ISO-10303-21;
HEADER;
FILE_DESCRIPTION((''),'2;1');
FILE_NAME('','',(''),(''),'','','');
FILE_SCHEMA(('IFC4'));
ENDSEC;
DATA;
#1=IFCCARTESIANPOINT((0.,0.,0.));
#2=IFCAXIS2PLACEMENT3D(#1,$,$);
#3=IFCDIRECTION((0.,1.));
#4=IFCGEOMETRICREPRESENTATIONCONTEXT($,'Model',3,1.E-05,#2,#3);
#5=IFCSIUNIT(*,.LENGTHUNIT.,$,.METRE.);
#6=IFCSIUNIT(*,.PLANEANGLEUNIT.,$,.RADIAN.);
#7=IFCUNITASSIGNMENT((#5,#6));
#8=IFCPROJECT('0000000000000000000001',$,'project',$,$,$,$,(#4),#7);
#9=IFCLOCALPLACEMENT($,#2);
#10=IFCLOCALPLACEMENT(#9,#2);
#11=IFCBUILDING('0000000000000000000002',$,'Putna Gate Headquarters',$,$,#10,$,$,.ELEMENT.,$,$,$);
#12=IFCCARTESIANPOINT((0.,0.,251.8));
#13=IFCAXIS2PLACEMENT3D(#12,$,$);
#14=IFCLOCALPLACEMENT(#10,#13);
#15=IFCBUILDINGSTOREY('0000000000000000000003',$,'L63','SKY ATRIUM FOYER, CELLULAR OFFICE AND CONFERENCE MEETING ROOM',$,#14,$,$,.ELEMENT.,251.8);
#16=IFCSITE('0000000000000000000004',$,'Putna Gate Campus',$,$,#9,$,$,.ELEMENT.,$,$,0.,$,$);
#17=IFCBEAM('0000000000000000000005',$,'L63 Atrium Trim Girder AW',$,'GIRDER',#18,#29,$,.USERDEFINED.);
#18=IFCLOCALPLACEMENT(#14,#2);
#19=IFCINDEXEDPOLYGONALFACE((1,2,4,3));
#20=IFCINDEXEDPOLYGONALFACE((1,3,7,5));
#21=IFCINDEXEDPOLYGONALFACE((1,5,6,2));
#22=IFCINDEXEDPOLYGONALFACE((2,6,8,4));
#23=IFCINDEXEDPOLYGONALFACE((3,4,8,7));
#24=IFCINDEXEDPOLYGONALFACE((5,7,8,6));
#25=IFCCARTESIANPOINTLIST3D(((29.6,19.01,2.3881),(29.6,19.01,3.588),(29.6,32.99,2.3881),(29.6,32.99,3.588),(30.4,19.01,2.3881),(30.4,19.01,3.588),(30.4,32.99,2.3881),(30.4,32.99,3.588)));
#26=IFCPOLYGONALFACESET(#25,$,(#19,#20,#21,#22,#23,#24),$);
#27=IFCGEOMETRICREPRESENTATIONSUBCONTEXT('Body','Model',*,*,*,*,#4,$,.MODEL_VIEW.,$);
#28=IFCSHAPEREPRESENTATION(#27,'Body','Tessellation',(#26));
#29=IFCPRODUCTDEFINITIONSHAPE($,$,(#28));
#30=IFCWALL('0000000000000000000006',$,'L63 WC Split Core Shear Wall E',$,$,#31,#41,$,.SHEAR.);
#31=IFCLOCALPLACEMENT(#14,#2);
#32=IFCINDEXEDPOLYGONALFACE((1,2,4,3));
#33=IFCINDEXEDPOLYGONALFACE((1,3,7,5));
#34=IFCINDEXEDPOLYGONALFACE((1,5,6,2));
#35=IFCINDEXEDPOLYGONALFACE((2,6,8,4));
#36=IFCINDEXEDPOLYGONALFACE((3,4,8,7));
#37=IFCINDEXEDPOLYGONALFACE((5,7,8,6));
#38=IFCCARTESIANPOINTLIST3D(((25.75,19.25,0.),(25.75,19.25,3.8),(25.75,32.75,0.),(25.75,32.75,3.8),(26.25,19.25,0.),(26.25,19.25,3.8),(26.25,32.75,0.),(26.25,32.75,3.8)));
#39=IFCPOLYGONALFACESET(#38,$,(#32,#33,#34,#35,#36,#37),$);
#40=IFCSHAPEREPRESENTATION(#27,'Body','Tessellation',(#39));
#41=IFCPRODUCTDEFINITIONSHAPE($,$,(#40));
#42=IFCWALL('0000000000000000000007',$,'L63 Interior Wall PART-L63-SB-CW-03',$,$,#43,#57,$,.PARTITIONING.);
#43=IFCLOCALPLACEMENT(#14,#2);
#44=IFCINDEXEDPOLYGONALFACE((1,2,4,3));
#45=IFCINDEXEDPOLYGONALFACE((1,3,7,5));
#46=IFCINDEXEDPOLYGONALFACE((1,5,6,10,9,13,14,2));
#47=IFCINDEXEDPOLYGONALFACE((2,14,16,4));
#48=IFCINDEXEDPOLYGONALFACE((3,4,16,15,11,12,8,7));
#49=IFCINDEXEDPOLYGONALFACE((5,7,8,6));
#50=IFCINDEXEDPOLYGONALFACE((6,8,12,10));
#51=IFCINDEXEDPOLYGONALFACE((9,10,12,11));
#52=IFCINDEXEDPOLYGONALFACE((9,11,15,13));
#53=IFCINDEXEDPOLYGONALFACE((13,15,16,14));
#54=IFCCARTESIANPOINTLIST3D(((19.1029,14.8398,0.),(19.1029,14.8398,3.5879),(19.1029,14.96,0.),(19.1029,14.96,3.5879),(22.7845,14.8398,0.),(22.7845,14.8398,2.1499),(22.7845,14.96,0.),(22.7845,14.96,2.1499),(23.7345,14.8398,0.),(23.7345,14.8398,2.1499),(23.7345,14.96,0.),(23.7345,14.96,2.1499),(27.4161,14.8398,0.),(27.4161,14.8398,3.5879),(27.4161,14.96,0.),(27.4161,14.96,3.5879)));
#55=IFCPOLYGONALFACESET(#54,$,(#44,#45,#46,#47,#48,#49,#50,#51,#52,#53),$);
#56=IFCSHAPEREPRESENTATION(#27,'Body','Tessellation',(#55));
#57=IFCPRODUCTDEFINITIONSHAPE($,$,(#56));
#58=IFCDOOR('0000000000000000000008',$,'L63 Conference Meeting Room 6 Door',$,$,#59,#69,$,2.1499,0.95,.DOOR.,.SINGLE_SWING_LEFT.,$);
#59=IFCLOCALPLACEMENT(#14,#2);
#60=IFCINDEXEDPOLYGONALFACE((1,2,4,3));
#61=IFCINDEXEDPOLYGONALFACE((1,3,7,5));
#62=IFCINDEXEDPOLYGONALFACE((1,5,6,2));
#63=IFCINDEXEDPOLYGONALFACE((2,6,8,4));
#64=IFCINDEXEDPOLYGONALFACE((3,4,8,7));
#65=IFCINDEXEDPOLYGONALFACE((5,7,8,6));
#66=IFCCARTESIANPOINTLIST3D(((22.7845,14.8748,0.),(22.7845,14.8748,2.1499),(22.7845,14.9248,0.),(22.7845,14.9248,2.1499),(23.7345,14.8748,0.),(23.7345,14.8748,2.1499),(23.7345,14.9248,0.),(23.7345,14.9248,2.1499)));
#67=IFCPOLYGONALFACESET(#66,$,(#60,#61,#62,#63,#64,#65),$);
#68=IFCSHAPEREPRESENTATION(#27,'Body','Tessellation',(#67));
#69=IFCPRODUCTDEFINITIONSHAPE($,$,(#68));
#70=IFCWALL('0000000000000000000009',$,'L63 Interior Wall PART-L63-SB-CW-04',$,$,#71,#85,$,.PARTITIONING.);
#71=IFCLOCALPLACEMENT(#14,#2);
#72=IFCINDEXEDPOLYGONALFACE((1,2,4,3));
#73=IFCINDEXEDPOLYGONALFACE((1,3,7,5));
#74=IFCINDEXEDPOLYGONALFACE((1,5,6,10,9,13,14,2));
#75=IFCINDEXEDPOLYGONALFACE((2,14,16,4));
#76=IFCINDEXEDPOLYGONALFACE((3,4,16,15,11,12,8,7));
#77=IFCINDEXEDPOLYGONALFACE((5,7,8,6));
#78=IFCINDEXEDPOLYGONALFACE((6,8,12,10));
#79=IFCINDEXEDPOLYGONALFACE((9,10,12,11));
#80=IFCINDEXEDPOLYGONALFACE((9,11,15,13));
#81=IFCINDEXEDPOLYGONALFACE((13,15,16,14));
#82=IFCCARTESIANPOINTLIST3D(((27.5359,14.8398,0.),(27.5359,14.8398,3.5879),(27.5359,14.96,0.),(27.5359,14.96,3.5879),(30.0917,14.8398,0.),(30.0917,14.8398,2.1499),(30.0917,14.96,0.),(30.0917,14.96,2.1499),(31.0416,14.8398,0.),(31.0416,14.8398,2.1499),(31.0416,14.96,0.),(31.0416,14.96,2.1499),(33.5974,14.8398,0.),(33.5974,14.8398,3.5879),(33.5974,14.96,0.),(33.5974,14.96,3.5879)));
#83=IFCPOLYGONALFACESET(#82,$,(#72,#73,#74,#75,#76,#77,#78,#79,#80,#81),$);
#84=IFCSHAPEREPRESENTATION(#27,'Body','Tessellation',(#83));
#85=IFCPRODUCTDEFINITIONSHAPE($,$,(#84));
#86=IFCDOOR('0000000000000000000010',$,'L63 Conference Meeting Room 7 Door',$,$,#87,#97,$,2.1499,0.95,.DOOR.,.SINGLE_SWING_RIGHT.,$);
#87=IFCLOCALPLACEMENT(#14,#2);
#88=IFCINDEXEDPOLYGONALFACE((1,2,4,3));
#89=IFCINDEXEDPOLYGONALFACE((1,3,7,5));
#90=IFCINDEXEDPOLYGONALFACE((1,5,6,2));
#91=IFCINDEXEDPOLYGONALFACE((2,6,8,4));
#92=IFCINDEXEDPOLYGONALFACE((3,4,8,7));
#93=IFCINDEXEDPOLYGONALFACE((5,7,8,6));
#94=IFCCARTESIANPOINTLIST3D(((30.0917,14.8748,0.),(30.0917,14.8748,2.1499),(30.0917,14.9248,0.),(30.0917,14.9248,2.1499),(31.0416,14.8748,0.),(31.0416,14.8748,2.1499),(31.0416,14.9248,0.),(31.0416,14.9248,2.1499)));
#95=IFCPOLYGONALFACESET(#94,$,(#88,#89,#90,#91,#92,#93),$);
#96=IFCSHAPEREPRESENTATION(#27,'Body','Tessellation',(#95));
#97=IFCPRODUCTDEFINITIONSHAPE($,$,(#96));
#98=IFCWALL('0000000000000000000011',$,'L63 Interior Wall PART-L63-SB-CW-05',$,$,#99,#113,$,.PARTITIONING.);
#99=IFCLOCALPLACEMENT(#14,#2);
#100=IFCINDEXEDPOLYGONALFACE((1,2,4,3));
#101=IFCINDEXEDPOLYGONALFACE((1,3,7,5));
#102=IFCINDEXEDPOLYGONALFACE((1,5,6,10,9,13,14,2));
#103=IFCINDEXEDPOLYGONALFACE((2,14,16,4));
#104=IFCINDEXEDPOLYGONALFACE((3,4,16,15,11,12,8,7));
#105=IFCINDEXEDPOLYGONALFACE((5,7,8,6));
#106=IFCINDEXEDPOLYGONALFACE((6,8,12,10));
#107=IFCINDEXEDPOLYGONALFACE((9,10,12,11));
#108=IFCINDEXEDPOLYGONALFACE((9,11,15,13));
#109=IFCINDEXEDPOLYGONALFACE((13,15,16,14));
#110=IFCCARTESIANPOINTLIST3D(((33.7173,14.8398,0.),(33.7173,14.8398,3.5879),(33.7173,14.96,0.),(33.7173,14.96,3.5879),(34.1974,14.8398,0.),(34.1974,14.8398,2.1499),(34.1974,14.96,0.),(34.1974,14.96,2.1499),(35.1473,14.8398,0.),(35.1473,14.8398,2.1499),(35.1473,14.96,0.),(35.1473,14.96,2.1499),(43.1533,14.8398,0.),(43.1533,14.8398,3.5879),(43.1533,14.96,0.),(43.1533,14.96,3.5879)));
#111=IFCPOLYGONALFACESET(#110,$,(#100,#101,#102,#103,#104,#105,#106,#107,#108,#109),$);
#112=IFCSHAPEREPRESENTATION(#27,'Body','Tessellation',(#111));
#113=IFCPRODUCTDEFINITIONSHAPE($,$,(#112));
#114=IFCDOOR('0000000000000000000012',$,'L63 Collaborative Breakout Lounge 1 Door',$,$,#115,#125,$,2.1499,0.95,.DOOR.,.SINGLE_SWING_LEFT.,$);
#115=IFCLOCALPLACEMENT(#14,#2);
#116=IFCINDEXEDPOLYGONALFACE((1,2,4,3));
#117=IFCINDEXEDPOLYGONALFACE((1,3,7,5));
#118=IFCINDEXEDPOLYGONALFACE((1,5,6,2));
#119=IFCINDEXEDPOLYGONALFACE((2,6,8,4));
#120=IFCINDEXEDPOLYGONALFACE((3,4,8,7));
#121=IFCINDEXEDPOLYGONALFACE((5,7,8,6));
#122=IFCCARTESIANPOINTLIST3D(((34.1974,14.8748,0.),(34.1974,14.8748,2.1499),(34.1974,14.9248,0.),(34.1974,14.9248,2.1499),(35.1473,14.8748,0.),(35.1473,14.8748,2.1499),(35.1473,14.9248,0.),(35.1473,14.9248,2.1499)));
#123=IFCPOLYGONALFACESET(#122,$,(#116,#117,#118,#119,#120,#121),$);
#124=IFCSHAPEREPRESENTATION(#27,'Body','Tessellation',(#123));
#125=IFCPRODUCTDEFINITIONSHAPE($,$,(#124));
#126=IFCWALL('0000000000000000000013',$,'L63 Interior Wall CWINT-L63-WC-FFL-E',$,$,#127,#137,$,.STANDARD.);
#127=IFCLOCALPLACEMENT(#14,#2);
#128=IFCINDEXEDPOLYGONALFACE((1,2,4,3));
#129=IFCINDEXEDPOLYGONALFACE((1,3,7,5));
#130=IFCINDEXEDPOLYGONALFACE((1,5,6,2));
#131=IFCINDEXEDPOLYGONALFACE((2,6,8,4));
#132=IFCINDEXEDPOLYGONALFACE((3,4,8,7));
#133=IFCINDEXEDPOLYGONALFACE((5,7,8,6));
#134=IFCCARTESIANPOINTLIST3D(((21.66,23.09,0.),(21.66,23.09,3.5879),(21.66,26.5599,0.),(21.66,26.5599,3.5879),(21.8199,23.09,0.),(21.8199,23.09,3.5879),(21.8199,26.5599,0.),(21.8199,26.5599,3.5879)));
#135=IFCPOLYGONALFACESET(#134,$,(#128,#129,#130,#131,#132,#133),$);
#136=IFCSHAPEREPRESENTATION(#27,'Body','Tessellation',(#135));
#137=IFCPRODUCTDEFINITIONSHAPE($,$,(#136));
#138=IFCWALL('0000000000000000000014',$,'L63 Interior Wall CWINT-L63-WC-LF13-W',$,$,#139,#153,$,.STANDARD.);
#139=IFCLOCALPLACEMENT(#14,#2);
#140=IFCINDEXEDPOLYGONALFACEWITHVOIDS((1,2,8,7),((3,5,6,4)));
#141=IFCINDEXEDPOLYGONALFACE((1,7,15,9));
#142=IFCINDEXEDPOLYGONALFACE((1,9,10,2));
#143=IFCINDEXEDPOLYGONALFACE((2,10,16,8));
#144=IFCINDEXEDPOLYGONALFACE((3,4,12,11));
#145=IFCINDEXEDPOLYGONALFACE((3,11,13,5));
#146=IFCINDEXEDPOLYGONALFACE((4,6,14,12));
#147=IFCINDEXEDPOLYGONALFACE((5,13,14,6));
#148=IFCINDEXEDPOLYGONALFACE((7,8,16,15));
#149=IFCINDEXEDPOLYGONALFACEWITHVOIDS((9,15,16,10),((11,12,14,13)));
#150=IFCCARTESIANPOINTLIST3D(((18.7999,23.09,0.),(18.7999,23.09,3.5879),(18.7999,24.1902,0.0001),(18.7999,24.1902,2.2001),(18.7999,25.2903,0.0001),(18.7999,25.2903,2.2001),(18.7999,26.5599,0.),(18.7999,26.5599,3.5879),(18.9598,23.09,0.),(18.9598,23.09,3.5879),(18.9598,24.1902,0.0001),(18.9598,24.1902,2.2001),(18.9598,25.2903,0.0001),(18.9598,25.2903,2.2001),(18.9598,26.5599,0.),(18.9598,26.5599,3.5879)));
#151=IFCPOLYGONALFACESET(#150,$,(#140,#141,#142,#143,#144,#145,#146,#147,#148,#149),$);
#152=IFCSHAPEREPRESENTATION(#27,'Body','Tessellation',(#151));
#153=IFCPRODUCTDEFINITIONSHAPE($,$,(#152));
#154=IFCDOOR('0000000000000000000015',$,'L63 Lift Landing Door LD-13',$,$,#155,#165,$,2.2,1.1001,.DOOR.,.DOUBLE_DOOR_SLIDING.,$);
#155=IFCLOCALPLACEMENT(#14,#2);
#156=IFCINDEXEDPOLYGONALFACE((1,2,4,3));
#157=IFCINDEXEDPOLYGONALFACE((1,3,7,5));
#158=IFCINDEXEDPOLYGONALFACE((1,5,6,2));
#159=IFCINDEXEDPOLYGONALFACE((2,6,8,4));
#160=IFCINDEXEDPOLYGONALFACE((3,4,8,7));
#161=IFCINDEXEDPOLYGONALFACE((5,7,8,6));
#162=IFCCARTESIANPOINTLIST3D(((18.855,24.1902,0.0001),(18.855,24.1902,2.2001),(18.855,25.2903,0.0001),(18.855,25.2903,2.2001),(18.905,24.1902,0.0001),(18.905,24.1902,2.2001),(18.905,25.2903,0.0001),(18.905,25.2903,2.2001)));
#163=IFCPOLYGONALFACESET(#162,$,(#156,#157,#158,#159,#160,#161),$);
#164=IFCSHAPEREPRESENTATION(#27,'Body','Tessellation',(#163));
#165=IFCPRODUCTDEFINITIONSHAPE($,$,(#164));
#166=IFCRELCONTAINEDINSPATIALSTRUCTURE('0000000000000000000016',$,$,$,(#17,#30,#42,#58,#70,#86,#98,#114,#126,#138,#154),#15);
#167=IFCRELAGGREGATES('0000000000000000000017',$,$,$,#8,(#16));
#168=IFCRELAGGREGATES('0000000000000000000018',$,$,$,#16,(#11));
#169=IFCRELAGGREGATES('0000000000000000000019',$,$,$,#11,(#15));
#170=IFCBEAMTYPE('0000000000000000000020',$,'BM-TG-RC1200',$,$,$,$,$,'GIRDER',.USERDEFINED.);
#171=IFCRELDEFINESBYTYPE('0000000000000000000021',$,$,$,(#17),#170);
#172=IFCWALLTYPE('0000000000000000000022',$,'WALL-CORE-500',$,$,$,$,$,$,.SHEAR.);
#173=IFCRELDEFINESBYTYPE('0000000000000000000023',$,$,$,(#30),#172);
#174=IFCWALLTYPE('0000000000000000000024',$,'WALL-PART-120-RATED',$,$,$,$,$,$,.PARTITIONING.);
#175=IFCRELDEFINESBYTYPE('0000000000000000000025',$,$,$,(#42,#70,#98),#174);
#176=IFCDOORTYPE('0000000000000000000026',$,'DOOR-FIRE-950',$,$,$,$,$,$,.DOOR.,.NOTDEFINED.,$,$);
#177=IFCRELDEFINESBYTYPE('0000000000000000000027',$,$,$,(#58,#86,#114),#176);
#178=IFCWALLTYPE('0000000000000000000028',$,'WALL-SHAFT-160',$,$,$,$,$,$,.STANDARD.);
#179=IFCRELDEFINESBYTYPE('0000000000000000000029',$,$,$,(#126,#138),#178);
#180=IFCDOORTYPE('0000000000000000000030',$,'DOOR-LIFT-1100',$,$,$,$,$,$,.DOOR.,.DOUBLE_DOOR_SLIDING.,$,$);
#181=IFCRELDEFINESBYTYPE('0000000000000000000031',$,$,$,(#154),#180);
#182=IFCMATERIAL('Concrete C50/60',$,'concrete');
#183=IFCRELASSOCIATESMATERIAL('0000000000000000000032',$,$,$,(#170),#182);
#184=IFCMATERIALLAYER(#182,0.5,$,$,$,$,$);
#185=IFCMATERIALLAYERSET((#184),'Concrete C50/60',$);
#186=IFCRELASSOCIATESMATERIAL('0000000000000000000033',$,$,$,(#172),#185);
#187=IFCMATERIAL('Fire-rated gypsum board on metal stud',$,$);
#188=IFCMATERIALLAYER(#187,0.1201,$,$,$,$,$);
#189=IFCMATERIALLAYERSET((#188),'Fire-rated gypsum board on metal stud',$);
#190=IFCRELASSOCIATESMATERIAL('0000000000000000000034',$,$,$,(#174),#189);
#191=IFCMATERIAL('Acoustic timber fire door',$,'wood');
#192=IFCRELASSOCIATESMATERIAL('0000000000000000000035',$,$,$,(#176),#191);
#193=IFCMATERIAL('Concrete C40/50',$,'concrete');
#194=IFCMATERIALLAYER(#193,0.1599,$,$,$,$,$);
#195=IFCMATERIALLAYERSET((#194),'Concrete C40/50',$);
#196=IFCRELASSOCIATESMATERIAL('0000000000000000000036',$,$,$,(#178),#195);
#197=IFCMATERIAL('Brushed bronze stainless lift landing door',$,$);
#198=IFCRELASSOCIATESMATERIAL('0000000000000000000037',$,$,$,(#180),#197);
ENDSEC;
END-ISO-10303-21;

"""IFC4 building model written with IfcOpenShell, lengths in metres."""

from ifc_helpers import new_model, si_unit, direction, frame, frame_2d, origin, origin_2d, place, context, subcontext, project, spatial, rectangle, extrude, material, layer, layer_set, material_profile, profile_set, type_object, element, fill, save


model = new_model("IFC4")

# Units and contexts
model_context = context("Model", 3, precision=1e-05, world=origin(), true_north=direction((0.0, 1.0)))
body_context = subcontext(model_context, "Body", "Model", "MODEL_VIEW")
ifc_project = project(units=[si_unit("LENGTHUNIT", "METRE"), si_unit("PLANEANGLEUNIT", "RADIAN")], contexts=[model_context])

# Site, building, storey
site_placement = place(None, origin())
site = spatial("IfcSite", under=ifc_project, at=site_placement, Name="Putna Gate Campus", CompositionType="ELEMENT", RefElevation=0.0)
building_placement = place(site_placement, origin())
building = spatial("IfcBuilding", under=site, at=building_placement, Name="Putna Gate Headquarters", CompositionType="ELEMENT")
storey_placement = place(building_placement, frame((0.0, 0.0, 251.8)))
storey = spatial("IfcBuildingStorey", under=building, at=storey_placement, Name="L63", Description="SKY ATRIUM FOYER, CELLULAR OFFICE AND CONFERENCE MEETING ROOM", CompositionType="ELEMENT", Elevation=251.8)

# Beam
ifc_material_1 = material(Name="Concrete C50/60", Category="concrete")
ifc_material_profile_1 = material_profile(ifc_material_1, rectangle(XDim=0.8, YDim=1.2, at=origin_2d()), Name="Concrete C50/60")
ifc_profile_set_1 = profile_set([ifc_material_profile_1], Name="Concrete C50/60")
beam_type_1 = type_object("IfcBeamType", Name="BM-TG-RC1200", ElementType="GIRDER", PredefinedType="USERDEFINED", material=ifc_profile_set_1)
beam_1_placement = place(storey_placement, frame((30.0, 19.01, 2.988), z_axis=(0.0, 1.0, 0.0), x_axis=(-1.0, 0.0, 0.0)))
element("IfcBeam", 1, at=beam_1_placement, inside=storey, type_object=beam_type_1, Name="L63 Atrium Trim Girder AW", ObjectType="GIRDER", PredefinedType="USERDEFINED", context=body_context, shape_type="SweptSolid", body=[
    extrude(rectangle(XDim=0.8, YDim=1.2, at=origin_2d()), origin(), (0.0, 0.0, 1.0), 13.98),
])

# Wall
ifc_layer_1 = layer(ifc_material_1, 0.5)
ifc_layer_set_1 = layer_set([ifc_layer_1], Name="Concrete C50/60")
wall_type_1 = type_object("IfcWallType", Name="WALL-CORE-500", PredefinedType="SHEAR", material=ifc_layer_set_1)
wall_1_placement = place(storey_placement, frame((26.0, 19.25, 0.0), z_axis=(0.0, 0.0, 1.0), x_axis=(0.0, 1.0, 0.0)))
element("IfcWall", 2, at=wall_1_placement, inside=storey, type_object=wall_type_1, Name="L63 WC Split Core Shear Wall E", PredefinedType="SHEAR", context=body_context, shape_type="SweptSolid", body=[
    extrude(rectangle(XDim=13.5, YDim=0.5, at=frame_2d((6.75, 0.0))), origin(), (0.0, 0.0, 1.0), 3.8),
])

# Walls, openings, doors
ifc_material_2 = material(Name="Fire-rated gypsum board on metal stud")
ifc_layer_2 = layer(ifc_material_2, 0.1201)
ifc_layer_set_2 = layer_set([ifc_layer_2], Name="Fire-rated gypsum board on metal stud")
wall_type_2 = type_object("IfcWallType", Name="WALL-PART-120-RATED", PredefinedType="PARTITIONING", material=ifc_layer_set_2)
wall_2_placement = place(storey_placement, frame((19.1028, 14.8999, 0.0), z_axis=(0.0, 0.0, 1.0), x_axis=(1.0, 0.0, 0.0)))
wall_2 = element("IfcWall", 3, at=wall_2_placement, inside=storey, type_object=wall_type_2, Name="L63 Interior Wall PART-L63-SB-CW-03", PredefinedType="PARTITIONING", context=body_context, shape_type="SweptSolid", body=[
    extrude(rectangle(XDim=8.3132, YDim=0.1201, at=frame_2d((4.1567, 0.0))), origin(), (0.0, 0.0, 1.0), 3.5879),
])
opening_1_placement = place(wall_2_placement, frame((3.6816, 0.0, 0.0)))
opening_1 = element("IfcOpeningElement", 4, at=opening_1_placement, cuts=wall_2, PredefinedType="OPENING", context=body_context, shape_type="SweptSolid", body=[
    extrude(rectangle(XDim=0.95, YDim=2.1499, at=frame_2d((0.4751, 1.075))), frame((0.0, 0.0701, 0.0), z_axis=(0.0, -1.0, 0.0), x_axis=(1.0, 0.0, 0.0)), (0.0, 0.0, 1.0), 0.1401),
])
ifc_material_3 = material(Name="Acoustic timber fire door", Category="wood")
door_type_1 = type_object("IfcDoorType", Name="DOOR-FIRE-950", OperationType="NOTDEFINED", PredefinedType="DOOR", material=ifc_material_3)
door_1_placement = place(opening_1_placement, origin())
door_1 = element("IfcDoor", 5, at=door_1_placement, inside=storey, type_object=door_type_1, Name="L63 Conference Meeting Room 6 Door", OperationType="SINGLE_SWING_LEFT", OverallHeight=2.1499, OverallWidth=0.95, PredefinedType="DOOR", context=body_context, shape_type="SweptSolid", body=[
    extrude(rectangle(XDim=0.95, YDim=2.1499, at=frame_2d((0.4751, 1.075))), frame((0.0, 0.0249, 0.0), z_axis=(0.0, -1.0, 0.0), x_axis=(1.0, 0.0, 0.0)), (0.0, 0.0, 1.0), 0.05),
])
fill(opening_1, door_1)
wall_3_placement = place(storey_placement, frame((27.5359, 14.8999, 0.0), z_axis=(0.0, 0.0, 1.0), x_axis=(1.0, 0.0, 0.0)))
wall_3 = element("IfcWall", 6, at=wall_3_placement, inside=storey, type_object=wall_type_2, Name="L63 Interior Wall PART-L63-SB-CW-04", PredefinedType="PARTITIONING", context=body_context, shape_type="SweptSolid", body=[
    extrude(rectangle(XDim=6.0615, YDim=0.1201, at=frame_2d((3.0308, 0.0))), origin(), (0.0, 0.0, 1.0), 3.5879),
])
opening_2_placement = place(wall_3_placement, frame((2.5557, 0.0, 0.0)))
opening_2 = element("IfcOpeningElement", 7, at=opening_2_placement, cuts=wall_3, PredefinedType="OPENING", context=body_context, shape_type="SweptSolid", body=[
    extrude(rectangle(XDim=0.95, YDim=2.1499, at=frame_2d((0.4751, 1.075))), frame((0.0, 0.0701, 0.0), z_axis=(0.0, -1.0, 0.0), x_axis=(1.0, 0.0, 0.0)), (0.0, 0.0, 1.0), 0.1401),
])
door_2_placement = place(opening_2_placement, origin())
door_2 = element("IfcDoor", 8, at=door_2_placement, inside=storey, type_object=door_type_1, Name="L63 Conference Meeting Room 7 Door", OperationType="SINGLE_SWING_RIGHT", OverallHeight=2.1499, OverallWidth=0.95, PredefinedType="DOOR", context=body_context, shape_type="SweptSolid", body=[
    extrude(rectangle(XDim=0.95, YDim=2.1499, at=frame_2d((0.4751, 1.075))), frame((0.0, 0.0249, 0.0), z_axis=(0.0, -1.0, 0.0), x_axis=(1.0, 0.0, 0.0)), (0.0, 0.0, 1.0), 0.05),
])
fill(opening_2, door_2)
wall_4_placement = place(storey_placement, frame((33.7173, 14.8999, 0.0), z_axis=(0.0, 0.0, 1.0), x_axis=(1.0, 0.0, 0.0)))
wall_4 = element("IfcWall", 9, at=wall_4_placement, inside=storey, type_object=wall_type_2, Name="L63 Interior Wall PART-L63-SB-CW-05", PredefinedType="PARTITIONING", context=body_context, shape_type="SweptSolid", body=[
    extrude(rectangle(XDim=9.436, YDim=0.1201, at=frame_2d((4.718, 0.0))), origin(), (0.0, 0.0, 1.0), 3.5879),
])
opening_3_placement = place(wall_4_placement, frame((0.48, 0.0, 0.0)))
opening_3 = element("IfcOpeningElement", 10, at=opening_3_placement, cuts=wall_4, PredefinedType="OPENING", context=body_context, shape_type="SweptSolid", body=[
    extrude(rectangle(XDim=0.95, YDim=2.1499, at=frame_2d((0.4751, 1.075))), frame((0.0, 0.0701, 0.0), z_axis=(0.0, -1.0, 0.0), x_axis=(1.0, 0.0, 0.0)), (0.0, 0.0, 1.0), 0.1401),
])
door_3_placement = place(opening_3_placement, origin())
door_3 = element("IfcDoor", 11, at=door_3_placement, inside=storey, type_object=door_type_1, Name="L63 Collaborative Breakout Lounge 1 Door", OperationType="SINGLE_SWING_LEFT", OverallHeight=2.1499, OverallWidth=0.95, PredefinedType="DOOR", context=body_context, shape_type="SweptSolid", body=[
    extrude(rectangle(XDim=0.95, YDim=2.1499, at=frame_2d((0.4751, 1.075))), frame((0.0, 0.0249, 0.0), z_axis=(0.0, -1.0, 0.0), x_axis=(1.0, 0.0, 0.0)), (0.0, 0.0, 1.0), 0.05),
])
fill(opening_3, door_3)

# Wall
ifc_material_4 = material(Name="Concrete C40/50", Category="concrete")
ifc_layer_3 = layer(ifc_material_4, 0.1599)
ifc_layer_set_3 = layer_set([ifc_layer_3], Name="Concrete C40/50")
wall_type_3 = type_object("IfcWallType", Name="WALL-SHAFT-160", PredefinedType="STANDARD", material=ifc_layer_set_3)
wall_5_placement = place(storey_placement, frame((21.74, 23.0901, 0.0), z_axis=(0.0, 0.0, 1.0), x_axis=(0.0, 1.0, 0.0)))
element("IfcWall", 12, at=wall_5_placement, inside=storey, type_object=wall_type_3, Name="L63 Interior Wall CWINT-L63-WC-FFL-E", PredefinedType="STANDARD", context=body_context, shape_type="SweptSolid", body=[
    extrude(rectangle(XDim=3.47, YDim=0.1599, at=frame_2d((1.7349, 0.0))), origin(), (0.0, 0.0, 1.0), 3.5879),
])

# Wall, opening, door
wall_6_placement = place(storey_placement, frame((18.8799, 23.0901, 0.0), z_axis=(0.0, 0.0, 1.0), x_axis=(0.0, 1.0, 0.0)))
wall_6 = element("IfcWall", 13, at=wall_6_placement, inside=storey, type_object=wall_type_3, Name="L63 Interior Wall CWINT-L63-WC-LF13-W", PredefinedType="STANDARD", context=body_context, shape_type="SweptSolid", body=[
    extrude(rectangle(XDim=3.47, YDim=0.1599, at=frame_2d((1.7349, 0.0))), origin(), (0.0, 0.0, 1.0), 3.5879),
])
opening_4_placement = place(wall_6_placement, frame((1.1001, 0.0, 0.0)))
opening_4 = element("IfcOpeningElement", 14, at=opening_4_placement, cuts=wall_6, PredefinedType="OPENING", context=body_context, shape_type="SweptSolid", body=[
    extrude(rectangle(XDim=1.1001, YDim=2.2, at=frame_2d((0.55, 1.1001))), frame((0.0, 0.0898, 0.0), z_axis=(0.0, -1.0, 0.0), x_axis=(1.0, 0.0, 0.0)), (0.0, 0.0, 1.0), 0.1799),
])
ifc_material_5 = material(Name="Brushed bronze stainless lift landing door")
door_type_2 = type_object("IfcDoorType", Name="DOOR-LIFT-1100", OperationType="DOUBLE_DOOR_SLIDING", PredefinedType="DOOR", material=ifc_material_5)
door_4_placement = place(opening_4_placement, origin())
door_4 = element("IfcDoor", 15, at=door_4_placement, inside=storey, type_object=door_type_2, Name="L63 Lift Landing Door LD-13", OperationType="DOUBLE_DOOR_SLIDING", OverallHeight=2.2, OverallWidth=1.1001, PredefinedType="DOOR", context=body_context, shape_type="SweptSolid", body=[
    extrude(rectangle(XDim=1.1001, YDim=2.2, at=frame_2d((0.55, 1.1001))), frame((0.0, 0.0249, 0.0), z_axis=(0.0, -1.0, 0.0), x_axis=(1.0, 0.0, 0.0)), (0.0, 0.0, 1.0), 0.05),
])
fill(opening_4, door_4)

save(model, "model.ifc")
